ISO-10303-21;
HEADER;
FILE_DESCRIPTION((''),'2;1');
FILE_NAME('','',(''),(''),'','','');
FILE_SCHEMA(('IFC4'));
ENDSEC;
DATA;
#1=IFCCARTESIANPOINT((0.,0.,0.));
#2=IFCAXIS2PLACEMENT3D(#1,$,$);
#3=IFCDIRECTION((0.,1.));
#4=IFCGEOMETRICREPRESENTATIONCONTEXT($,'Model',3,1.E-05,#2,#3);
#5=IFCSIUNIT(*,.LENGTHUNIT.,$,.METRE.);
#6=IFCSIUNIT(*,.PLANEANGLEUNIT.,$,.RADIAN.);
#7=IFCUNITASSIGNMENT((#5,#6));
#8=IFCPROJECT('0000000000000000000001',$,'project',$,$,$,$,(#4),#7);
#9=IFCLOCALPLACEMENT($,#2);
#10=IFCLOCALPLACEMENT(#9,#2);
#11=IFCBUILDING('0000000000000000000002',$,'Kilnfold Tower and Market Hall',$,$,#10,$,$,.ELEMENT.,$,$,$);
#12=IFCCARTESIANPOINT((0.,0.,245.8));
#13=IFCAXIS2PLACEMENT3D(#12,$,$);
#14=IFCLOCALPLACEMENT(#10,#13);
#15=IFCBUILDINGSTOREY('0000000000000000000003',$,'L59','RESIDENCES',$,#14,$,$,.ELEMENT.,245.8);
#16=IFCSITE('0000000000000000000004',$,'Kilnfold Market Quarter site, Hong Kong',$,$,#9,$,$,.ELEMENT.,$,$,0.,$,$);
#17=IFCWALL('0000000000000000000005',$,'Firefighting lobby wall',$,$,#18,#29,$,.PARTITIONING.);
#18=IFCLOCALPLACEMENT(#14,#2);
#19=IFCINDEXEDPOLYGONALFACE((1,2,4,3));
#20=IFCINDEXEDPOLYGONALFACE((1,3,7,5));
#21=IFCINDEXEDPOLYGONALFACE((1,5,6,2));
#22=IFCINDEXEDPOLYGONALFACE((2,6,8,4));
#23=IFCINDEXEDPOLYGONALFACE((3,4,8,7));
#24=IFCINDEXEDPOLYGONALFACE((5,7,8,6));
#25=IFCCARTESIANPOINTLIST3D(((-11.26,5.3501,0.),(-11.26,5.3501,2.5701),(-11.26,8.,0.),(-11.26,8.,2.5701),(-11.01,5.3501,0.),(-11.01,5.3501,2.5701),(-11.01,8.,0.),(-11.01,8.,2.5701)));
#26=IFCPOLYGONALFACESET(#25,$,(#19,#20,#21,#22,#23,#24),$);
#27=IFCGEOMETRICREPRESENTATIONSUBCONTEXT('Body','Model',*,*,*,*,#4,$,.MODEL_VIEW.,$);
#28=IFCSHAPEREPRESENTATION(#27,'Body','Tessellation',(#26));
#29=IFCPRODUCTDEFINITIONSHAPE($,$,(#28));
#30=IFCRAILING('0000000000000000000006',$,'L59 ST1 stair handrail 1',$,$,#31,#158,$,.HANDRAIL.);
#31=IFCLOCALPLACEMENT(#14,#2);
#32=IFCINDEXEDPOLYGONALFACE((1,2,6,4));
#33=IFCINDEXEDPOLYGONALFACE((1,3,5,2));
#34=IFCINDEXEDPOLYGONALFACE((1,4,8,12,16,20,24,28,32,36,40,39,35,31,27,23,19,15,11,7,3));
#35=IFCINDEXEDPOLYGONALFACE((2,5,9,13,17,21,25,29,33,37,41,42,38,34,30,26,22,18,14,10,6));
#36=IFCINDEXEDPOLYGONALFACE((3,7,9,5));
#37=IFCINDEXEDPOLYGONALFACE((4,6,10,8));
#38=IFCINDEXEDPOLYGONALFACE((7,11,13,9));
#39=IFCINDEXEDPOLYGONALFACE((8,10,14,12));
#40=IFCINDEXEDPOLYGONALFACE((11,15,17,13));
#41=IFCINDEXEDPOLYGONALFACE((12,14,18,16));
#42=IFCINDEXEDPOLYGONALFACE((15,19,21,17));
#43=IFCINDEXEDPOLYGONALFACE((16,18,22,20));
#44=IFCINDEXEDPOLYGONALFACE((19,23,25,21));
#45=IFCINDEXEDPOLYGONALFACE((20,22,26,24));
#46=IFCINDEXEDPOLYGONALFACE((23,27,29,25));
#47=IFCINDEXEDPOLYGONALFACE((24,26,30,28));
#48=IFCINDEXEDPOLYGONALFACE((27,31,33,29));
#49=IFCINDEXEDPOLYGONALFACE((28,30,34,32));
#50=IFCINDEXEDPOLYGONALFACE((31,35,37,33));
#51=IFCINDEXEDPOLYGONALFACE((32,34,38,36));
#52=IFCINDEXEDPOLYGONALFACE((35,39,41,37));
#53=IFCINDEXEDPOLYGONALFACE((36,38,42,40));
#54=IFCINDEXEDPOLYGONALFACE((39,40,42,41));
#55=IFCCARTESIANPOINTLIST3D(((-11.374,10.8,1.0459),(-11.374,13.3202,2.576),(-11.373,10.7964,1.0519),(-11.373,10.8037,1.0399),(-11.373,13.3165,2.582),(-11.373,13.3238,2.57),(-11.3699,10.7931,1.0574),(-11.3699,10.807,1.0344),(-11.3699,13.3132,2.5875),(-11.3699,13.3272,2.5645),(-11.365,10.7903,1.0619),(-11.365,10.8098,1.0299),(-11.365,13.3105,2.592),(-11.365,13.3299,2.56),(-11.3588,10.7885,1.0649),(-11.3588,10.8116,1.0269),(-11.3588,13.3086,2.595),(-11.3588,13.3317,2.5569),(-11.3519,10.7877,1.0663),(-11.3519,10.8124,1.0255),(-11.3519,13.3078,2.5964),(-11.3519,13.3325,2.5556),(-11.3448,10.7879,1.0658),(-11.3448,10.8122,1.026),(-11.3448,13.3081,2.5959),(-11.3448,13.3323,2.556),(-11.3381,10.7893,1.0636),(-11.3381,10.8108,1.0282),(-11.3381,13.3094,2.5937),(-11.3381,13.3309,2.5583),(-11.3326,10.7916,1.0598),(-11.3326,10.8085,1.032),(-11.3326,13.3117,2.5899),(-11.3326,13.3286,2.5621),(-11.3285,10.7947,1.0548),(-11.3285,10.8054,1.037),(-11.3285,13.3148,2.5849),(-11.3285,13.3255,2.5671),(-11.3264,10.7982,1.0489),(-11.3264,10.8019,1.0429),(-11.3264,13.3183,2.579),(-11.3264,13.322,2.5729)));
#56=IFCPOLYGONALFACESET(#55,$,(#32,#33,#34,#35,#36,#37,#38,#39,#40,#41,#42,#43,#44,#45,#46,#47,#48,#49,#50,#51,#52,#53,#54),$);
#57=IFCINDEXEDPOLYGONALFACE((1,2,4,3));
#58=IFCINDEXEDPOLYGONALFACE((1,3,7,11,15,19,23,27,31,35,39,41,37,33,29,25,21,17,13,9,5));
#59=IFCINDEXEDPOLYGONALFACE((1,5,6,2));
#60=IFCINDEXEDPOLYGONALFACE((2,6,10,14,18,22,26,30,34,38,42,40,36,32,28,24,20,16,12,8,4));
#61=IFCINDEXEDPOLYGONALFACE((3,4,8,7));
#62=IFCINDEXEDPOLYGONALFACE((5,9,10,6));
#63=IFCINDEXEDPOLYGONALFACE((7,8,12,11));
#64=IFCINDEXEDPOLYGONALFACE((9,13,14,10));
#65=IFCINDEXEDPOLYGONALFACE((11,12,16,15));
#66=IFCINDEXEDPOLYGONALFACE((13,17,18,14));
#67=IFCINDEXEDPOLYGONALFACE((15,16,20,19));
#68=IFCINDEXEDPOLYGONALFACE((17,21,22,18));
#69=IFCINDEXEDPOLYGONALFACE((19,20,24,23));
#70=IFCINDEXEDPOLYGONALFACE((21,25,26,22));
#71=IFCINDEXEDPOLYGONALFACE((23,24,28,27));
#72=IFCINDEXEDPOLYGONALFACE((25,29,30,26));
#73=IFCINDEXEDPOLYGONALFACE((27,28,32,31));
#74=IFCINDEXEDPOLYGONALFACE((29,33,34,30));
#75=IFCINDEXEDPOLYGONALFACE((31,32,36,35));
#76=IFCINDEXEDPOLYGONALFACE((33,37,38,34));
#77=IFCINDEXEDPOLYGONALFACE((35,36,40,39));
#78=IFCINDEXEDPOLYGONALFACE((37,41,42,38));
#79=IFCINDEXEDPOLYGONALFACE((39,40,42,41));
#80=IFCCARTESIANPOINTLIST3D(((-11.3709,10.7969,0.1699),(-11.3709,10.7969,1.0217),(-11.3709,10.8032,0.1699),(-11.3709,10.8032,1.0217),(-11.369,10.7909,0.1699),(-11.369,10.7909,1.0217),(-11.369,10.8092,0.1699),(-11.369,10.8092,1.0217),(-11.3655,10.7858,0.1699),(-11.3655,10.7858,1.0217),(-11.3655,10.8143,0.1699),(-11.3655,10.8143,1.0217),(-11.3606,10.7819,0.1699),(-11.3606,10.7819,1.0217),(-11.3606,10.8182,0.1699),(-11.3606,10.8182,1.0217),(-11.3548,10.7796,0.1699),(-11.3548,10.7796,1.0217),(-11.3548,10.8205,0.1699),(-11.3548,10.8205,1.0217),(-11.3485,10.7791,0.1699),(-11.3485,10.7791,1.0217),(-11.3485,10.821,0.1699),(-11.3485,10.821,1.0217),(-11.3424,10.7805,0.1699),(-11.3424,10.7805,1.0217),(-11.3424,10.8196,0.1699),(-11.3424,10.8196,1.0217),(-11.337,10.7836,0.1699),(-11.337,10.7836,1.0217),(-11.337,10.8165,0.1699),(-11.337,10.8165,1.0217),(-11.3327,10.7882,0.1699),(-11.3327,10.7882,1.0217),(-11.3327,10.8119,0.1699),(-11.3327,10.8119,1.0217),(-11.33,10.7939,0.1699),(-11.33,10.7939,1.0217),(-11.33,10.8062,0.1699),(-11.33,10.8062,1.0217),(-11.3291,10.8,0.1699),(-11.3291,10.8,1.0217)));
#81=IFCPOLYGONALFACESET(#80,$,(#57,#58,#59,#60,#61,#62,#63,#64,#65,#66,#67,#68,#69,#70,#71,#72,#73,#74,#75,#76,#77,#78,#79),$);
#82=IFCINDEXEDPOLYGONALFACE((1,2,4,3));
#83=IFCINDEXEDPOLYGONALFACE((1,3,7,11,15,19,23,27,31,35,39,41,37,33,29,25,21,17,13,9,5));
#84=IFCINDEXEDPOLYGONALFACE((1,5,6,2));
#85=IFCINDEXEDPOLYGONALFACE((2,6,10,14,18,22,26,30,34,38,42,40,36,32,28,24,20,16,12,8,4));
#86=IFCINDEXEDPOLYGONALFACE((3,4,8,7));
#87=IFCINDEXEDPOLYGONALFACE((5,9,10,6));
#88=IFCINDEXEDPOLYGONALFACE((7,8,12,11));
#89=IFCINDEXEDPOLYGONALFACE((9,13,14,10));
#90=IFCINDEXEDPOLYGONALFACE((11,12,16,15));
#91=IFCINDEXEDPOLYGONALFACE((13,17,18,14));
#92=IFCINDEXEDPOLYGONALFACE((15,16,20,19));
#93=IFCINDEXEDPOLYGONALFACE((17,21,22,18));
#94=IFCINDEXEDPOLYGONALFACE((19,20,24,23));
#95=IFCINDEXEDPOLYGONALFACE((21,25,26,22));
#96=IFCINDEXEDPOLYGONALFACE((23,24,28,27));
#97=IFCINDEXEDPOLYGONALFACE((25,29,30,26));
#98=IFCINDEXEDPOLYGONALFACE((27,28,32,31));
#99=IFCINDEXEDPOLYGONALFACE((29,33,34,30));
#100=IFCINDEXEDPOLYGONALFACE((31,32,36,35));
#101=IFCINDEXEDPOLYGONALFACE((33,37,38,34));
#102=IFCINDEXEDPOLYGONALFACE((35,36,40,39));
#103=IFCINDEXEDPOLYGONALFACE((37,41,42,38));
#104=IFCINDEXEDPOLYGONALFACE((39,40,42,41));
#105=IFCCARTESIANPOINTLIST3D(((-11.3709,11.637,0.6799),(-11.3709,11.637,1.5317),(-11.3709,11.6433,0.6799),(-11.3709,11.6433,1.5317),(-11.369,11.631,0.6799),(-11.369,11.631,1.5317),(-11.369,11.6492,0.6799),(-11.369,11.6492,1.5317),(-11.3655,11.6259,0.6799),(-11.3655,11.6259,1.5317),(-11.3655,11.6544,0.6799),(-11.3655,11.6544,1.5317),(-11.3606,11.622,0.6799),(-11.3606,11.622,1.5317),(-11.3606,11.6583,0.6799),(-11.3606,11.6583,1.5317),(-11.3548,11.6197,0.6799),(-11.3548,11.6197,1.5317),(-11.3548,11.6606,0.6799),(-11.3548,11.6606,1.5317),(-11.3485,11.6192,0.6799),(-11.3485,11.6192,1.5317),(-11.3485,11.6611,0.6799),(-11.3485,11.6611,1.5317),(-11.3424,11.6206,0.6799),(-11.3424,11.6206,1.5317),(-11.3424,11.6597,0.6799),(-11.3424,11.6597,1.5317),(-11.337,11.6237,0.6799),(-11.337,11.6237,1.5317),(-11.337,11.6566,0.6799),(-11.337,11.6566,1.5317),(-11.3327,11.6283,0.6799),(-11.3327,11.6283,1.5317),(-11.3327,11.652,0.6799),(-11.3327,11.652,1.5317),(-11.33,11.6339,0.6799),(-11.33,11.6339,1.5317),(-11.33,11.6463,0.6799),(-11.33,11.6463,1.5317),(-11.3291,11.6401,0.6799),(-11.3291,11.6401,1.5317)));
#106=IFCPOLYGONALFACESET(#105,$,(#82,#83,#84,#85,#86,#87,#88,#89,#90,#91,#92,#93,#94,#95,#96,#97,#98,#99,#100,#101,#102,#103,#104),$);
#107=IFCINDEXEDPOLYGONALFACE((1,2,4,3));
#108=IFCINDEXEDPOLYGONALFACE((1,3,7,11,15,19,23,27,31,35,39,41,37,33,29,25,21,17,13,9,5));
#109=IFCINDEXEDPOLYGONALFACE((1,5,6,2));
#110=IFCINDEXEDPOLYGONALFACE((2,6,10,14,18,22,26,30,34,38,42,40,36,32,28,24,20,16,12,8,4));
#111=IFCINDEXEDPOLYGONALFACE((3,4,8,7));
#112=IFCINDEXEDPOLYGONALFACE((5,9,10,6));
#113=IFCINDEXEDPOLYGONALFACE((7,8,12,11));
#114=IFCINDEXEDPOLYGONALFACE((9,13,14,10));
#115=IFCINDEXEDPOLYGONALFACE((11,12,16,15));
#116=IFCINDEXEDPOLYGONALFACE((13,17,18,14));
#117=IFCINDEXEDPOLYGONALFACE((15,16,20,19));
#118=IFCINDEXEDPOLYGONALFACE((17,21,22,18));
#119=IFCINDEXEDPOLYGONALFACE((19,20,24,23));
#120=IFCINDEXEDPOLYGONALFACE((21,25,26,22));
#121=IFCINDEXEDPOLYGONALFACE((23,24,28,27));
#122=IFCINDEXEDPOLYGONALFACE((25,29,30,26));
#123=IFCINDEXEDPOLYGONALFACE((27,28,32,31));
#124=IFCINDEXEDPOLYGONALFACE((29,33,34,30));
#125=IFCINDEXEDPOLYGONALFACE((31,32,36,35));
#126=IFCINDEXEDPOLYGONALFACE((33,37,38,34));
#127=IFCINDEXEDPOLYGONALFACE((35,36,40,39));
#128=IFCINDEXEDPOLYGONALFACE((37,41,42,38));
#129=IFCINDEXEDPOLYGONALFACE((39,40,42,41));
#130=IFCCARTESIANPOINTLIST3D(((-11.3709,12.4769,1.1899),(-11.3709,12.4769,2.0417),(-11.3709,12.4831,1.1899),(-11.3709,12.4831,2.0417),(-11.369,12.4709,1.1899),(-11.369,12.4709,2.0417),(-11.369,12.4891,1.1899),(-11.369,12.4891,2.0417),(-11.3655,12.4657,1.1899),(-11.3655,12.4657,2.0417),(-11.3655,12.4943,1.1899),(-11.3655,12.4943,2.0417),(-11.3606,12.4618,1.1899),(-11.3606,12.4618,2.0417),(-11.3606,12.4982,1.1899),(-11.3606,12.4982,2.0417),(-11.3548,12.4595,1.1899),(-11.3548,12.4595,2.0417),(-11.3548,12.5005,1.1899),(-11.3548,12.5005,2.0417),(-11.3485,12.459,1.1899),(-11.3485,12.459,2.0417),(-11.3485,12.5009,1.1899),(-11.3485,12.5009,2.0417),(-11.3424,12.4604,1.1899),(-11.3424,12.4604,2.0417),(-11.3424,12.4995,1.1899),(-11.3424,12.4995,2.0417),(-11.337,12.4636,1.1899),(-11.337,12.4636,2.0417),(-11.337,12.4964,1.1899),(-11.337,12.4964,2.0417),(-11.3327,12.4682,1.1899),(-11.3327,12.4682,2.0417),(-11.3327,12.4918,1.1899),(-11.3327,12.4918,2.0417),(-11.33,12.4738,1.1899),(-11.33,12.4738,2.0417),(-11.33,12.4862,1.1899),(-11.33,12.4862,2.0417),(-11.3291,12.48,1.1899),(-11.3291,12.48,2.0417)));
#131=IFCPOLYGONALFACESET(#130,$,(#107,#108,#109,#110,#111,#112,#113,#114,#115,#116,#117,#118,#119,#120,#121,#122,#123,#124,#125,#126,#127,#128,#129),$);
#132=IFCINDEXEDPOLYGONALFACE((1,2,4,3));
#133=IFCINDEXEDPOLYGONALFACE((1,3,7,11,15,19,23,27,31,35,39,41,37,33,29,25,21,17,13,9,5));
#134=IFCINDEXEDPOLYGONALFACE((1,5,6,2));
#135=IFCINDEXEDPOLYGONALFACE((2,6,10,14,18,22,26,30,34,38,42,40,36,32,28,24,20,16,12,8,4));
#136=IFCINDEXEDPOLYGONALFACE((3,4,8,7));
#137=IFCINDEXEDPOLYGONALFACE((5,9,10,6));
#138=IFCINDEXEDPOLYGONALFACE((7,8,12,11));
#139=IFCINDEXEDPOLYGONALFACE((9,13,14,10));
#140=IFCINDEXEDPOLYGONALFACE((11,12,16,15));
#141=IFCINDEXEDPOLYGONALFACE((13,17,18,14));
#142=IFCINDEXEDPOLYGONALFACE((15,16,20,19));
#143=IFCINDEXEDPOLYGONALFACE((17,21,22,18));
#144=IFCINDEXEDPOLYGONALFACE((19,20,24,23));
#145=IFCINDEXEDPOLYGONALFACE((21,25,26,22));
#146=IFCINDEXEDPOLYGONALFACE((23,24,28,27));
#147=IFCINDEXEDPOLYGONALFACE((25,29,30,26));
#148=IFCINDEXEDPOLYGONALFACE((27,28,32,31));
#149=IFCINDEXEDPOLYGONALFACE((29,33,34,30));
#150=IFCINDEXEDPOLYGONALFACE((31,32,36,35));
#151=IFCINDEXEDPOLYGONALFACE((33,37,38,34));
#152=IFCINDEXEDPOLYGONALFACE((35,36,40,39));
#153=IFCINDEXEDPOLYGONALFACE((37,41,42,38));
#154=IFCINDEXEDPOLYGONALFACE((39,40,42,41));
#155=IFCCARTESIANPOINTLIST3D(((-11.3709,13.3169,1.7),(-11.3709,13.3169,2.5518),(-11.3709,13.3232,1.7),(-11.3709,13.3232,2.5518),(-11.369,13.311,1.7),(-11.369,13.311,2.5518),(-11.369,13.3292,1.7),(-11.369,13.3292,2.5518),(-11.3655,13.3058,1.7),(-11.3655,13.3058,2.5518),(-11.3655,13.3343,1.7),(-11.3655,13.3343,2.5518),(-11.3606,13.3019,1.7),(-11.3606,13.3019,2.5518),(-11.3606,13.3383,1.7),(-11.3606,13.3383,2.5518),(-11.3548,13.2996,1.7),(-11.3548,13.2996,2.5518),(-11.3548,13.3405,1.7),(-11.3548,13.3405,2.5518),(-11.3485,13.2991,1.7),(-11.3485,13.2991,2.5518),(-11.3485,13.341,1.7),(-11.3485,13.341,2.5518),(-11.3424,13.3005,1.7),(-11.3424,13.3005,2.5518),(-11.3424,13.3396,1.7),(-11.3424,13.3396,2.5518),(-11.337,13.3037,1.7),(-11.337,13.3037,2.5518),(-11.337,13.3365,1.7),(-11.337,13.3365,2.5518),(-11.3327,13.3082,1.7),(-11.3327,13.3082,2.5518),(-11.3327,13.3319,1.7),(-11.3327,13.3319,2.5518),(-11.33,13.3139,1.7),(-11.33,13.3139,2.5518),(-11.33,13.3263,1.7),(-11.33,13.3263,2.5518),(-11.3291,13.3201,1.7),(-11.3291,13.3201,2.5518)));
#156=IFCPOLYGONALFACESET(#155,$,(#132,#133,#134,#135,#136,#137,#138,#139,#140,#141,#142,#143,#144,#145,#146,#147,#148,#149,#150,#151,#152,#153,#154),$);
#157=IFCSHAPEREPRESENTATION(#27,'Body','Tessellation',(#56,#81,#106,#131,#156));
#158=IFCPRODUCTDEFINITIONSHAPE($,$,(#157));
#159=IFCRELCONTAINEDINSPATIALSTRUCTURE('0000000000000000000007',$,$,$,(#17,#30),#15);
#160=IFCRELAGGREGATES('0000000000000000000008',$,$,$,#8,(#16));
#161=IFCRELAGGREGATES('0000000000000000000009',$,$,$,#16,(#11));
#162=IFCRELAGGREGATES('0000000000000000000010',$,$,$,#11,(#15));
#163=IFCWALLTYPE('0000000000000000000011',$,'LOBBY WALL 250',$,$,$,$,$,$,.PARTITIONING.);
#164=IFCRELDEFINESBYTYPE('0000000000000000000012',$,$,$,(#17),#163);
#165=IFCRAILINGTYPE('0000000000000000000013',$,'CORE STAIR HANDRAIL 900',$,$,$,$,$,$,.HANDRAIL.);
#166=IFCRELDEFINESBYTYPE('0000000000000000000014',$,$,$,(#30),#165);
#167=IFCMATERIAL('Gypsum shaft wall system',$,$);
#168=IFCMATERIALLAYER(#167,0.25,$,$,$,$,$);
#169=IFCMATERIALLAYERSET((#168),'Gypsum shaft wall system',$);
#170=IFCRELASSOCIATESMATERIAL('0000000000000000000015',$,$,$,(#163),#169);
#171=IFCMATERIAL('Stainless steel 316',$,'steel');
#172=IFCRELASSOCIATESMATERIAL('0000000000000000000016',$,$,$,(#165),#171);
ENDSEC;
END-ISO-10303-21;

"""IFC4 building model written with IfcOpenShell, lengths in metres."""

from ifc_helpers import new_model, si_unit, direction, frame, frame_2d, origin, origin_2d, place, context, subcontext, project, spatial, rectangle, circle, extrude, source, transform, mapped, material, layer, layer_set, type_object, element, save


model = new_model("IFC4")

# Units and contexts
model_context = context("Model", 3, precision=1e-05, world=origin(), true_north=direction((0.0, 1.0)))
body_context = subcontext(model_context, "Body", "Model", "MODEL_VIEW")
ifc_project = project(units=[si_unit("LENGTHUNIT", "METRE"), si_unit("PLANEANGLEUNIT", "RADIAN")], contexts=[model_context])

# Site, building, storey
site_placement = place(None, origin())
site = spatial("IfcSite", under=ifc_project, at=site_placement, Name="Kilnfold Market Quarter site, Hong Kong", CompositionType="ELEMENT", RefElevation=0.0)
building_placement = place(site_placement, origin())
building = spatial("IfcBuilding", under=site, at=building_placement, Name="Kilnfold Tower and Market Hall", CompositionType="ELEMENT")
storey_placement = place(building_placement, frame((0.0, 0.0, 245.8)))
storey = spatial("IfcBuildingStorey", under=building, at=storey_placement, Name="L59", Description="RESIDENCES", CompositionType="ELEMENT", Elevation=245.8)

# Shared definitions
ifc_material_1 = material(Name="Gypsum shaft wall system")
ifc_layer_1 = layer(ifc_material_1, 0.25)
ifc_layer_set_1 = layer_set([ifc_layer_1], Name="Gypsum shaft wall system")
wall_type_1 = type_object("IfcWallType", Name="LOBBY WALL 250", PredefinedType="PARTITIONING", material=ifc_layer_set_1)

# Wall
shared_shape_1 = source(origin(), body_context, "Body", "SweptSolid", [
    extrude(rectangle(XDim=2.6499, YDim=0.25, at=frame_2d((1.325, 0.0))), origin(), (0.0, 0.0, 1.0), 2.5701),
])
wall_1_placement = place(storey_placement, frame((-11.135, 5.3501, 0.0), z_axis=(0.0, 0.0, 1.0), x_axis=(0.0, 1.0, 0.0)))
element("IfcWall", 1, at=wall_1_placement, inside=storey, type_object=wall_type_1, Name="Firefighting lobby wall", PredefinedType="PARTITIONING", context=body_context, shape_type="MappedRepresentation", body=[
    mapped(shared_shape_1, transform((0.0, 0.0, 0.0))),
])

# Railing
ifc_material_2 = material(Name="Stainless steel 316", Category="steel")
railing_type_1 = type_object("IfcRailingType", Name="CORE STAIR HANDRAIL 900", PredefinedType="HANDRAIL", material=ifc_material_2)
railing_1_placement = place(storey_placement, frame((-11.3501, 10.8, 0.1699)))
element("IfcRailing", 2, at=railing_1_placement, inside=storey, type_object=railing_type_1, Name="L59 ST1 stair handrail 1", PredefinedType="HANDRAIL", context=body_context, shape_type="SweptSolid", body=[
    extrude(circle(Radius=0.0239, at=origin_2d()), frame((0.0, 0.0, 0.876), z_axis=(0.0, 0.854785, 0.518982), x_axis=(-1.0, 0.0, 0.0)), (0.0, 0.0, 1.0), 2.9482),
    extrude(circle(Radius=0.021, at=origin_2d()), origin(), (0.0, 0.0, 1.0), 0.8518),
    extrude(circle(Radius=0.021, at=origin_2d()), frame((0.0, 0.8401, 0.51)), (0.0, 0.0, 1.0), 0.8518),
    extrude(circle(Radius=0.021, at=origin_2d()), frame((0.0, 1.6799, 1.02)), (0.0, 0.0, 1.0), 0.8518),
    extrude(circle(Radius=0.021, at=origin_2d()), frame((0.0, 2.52, 1.53)), (0.0, 0.0, 1.0), 0.8518),
])

save(model, "model.ifc")
